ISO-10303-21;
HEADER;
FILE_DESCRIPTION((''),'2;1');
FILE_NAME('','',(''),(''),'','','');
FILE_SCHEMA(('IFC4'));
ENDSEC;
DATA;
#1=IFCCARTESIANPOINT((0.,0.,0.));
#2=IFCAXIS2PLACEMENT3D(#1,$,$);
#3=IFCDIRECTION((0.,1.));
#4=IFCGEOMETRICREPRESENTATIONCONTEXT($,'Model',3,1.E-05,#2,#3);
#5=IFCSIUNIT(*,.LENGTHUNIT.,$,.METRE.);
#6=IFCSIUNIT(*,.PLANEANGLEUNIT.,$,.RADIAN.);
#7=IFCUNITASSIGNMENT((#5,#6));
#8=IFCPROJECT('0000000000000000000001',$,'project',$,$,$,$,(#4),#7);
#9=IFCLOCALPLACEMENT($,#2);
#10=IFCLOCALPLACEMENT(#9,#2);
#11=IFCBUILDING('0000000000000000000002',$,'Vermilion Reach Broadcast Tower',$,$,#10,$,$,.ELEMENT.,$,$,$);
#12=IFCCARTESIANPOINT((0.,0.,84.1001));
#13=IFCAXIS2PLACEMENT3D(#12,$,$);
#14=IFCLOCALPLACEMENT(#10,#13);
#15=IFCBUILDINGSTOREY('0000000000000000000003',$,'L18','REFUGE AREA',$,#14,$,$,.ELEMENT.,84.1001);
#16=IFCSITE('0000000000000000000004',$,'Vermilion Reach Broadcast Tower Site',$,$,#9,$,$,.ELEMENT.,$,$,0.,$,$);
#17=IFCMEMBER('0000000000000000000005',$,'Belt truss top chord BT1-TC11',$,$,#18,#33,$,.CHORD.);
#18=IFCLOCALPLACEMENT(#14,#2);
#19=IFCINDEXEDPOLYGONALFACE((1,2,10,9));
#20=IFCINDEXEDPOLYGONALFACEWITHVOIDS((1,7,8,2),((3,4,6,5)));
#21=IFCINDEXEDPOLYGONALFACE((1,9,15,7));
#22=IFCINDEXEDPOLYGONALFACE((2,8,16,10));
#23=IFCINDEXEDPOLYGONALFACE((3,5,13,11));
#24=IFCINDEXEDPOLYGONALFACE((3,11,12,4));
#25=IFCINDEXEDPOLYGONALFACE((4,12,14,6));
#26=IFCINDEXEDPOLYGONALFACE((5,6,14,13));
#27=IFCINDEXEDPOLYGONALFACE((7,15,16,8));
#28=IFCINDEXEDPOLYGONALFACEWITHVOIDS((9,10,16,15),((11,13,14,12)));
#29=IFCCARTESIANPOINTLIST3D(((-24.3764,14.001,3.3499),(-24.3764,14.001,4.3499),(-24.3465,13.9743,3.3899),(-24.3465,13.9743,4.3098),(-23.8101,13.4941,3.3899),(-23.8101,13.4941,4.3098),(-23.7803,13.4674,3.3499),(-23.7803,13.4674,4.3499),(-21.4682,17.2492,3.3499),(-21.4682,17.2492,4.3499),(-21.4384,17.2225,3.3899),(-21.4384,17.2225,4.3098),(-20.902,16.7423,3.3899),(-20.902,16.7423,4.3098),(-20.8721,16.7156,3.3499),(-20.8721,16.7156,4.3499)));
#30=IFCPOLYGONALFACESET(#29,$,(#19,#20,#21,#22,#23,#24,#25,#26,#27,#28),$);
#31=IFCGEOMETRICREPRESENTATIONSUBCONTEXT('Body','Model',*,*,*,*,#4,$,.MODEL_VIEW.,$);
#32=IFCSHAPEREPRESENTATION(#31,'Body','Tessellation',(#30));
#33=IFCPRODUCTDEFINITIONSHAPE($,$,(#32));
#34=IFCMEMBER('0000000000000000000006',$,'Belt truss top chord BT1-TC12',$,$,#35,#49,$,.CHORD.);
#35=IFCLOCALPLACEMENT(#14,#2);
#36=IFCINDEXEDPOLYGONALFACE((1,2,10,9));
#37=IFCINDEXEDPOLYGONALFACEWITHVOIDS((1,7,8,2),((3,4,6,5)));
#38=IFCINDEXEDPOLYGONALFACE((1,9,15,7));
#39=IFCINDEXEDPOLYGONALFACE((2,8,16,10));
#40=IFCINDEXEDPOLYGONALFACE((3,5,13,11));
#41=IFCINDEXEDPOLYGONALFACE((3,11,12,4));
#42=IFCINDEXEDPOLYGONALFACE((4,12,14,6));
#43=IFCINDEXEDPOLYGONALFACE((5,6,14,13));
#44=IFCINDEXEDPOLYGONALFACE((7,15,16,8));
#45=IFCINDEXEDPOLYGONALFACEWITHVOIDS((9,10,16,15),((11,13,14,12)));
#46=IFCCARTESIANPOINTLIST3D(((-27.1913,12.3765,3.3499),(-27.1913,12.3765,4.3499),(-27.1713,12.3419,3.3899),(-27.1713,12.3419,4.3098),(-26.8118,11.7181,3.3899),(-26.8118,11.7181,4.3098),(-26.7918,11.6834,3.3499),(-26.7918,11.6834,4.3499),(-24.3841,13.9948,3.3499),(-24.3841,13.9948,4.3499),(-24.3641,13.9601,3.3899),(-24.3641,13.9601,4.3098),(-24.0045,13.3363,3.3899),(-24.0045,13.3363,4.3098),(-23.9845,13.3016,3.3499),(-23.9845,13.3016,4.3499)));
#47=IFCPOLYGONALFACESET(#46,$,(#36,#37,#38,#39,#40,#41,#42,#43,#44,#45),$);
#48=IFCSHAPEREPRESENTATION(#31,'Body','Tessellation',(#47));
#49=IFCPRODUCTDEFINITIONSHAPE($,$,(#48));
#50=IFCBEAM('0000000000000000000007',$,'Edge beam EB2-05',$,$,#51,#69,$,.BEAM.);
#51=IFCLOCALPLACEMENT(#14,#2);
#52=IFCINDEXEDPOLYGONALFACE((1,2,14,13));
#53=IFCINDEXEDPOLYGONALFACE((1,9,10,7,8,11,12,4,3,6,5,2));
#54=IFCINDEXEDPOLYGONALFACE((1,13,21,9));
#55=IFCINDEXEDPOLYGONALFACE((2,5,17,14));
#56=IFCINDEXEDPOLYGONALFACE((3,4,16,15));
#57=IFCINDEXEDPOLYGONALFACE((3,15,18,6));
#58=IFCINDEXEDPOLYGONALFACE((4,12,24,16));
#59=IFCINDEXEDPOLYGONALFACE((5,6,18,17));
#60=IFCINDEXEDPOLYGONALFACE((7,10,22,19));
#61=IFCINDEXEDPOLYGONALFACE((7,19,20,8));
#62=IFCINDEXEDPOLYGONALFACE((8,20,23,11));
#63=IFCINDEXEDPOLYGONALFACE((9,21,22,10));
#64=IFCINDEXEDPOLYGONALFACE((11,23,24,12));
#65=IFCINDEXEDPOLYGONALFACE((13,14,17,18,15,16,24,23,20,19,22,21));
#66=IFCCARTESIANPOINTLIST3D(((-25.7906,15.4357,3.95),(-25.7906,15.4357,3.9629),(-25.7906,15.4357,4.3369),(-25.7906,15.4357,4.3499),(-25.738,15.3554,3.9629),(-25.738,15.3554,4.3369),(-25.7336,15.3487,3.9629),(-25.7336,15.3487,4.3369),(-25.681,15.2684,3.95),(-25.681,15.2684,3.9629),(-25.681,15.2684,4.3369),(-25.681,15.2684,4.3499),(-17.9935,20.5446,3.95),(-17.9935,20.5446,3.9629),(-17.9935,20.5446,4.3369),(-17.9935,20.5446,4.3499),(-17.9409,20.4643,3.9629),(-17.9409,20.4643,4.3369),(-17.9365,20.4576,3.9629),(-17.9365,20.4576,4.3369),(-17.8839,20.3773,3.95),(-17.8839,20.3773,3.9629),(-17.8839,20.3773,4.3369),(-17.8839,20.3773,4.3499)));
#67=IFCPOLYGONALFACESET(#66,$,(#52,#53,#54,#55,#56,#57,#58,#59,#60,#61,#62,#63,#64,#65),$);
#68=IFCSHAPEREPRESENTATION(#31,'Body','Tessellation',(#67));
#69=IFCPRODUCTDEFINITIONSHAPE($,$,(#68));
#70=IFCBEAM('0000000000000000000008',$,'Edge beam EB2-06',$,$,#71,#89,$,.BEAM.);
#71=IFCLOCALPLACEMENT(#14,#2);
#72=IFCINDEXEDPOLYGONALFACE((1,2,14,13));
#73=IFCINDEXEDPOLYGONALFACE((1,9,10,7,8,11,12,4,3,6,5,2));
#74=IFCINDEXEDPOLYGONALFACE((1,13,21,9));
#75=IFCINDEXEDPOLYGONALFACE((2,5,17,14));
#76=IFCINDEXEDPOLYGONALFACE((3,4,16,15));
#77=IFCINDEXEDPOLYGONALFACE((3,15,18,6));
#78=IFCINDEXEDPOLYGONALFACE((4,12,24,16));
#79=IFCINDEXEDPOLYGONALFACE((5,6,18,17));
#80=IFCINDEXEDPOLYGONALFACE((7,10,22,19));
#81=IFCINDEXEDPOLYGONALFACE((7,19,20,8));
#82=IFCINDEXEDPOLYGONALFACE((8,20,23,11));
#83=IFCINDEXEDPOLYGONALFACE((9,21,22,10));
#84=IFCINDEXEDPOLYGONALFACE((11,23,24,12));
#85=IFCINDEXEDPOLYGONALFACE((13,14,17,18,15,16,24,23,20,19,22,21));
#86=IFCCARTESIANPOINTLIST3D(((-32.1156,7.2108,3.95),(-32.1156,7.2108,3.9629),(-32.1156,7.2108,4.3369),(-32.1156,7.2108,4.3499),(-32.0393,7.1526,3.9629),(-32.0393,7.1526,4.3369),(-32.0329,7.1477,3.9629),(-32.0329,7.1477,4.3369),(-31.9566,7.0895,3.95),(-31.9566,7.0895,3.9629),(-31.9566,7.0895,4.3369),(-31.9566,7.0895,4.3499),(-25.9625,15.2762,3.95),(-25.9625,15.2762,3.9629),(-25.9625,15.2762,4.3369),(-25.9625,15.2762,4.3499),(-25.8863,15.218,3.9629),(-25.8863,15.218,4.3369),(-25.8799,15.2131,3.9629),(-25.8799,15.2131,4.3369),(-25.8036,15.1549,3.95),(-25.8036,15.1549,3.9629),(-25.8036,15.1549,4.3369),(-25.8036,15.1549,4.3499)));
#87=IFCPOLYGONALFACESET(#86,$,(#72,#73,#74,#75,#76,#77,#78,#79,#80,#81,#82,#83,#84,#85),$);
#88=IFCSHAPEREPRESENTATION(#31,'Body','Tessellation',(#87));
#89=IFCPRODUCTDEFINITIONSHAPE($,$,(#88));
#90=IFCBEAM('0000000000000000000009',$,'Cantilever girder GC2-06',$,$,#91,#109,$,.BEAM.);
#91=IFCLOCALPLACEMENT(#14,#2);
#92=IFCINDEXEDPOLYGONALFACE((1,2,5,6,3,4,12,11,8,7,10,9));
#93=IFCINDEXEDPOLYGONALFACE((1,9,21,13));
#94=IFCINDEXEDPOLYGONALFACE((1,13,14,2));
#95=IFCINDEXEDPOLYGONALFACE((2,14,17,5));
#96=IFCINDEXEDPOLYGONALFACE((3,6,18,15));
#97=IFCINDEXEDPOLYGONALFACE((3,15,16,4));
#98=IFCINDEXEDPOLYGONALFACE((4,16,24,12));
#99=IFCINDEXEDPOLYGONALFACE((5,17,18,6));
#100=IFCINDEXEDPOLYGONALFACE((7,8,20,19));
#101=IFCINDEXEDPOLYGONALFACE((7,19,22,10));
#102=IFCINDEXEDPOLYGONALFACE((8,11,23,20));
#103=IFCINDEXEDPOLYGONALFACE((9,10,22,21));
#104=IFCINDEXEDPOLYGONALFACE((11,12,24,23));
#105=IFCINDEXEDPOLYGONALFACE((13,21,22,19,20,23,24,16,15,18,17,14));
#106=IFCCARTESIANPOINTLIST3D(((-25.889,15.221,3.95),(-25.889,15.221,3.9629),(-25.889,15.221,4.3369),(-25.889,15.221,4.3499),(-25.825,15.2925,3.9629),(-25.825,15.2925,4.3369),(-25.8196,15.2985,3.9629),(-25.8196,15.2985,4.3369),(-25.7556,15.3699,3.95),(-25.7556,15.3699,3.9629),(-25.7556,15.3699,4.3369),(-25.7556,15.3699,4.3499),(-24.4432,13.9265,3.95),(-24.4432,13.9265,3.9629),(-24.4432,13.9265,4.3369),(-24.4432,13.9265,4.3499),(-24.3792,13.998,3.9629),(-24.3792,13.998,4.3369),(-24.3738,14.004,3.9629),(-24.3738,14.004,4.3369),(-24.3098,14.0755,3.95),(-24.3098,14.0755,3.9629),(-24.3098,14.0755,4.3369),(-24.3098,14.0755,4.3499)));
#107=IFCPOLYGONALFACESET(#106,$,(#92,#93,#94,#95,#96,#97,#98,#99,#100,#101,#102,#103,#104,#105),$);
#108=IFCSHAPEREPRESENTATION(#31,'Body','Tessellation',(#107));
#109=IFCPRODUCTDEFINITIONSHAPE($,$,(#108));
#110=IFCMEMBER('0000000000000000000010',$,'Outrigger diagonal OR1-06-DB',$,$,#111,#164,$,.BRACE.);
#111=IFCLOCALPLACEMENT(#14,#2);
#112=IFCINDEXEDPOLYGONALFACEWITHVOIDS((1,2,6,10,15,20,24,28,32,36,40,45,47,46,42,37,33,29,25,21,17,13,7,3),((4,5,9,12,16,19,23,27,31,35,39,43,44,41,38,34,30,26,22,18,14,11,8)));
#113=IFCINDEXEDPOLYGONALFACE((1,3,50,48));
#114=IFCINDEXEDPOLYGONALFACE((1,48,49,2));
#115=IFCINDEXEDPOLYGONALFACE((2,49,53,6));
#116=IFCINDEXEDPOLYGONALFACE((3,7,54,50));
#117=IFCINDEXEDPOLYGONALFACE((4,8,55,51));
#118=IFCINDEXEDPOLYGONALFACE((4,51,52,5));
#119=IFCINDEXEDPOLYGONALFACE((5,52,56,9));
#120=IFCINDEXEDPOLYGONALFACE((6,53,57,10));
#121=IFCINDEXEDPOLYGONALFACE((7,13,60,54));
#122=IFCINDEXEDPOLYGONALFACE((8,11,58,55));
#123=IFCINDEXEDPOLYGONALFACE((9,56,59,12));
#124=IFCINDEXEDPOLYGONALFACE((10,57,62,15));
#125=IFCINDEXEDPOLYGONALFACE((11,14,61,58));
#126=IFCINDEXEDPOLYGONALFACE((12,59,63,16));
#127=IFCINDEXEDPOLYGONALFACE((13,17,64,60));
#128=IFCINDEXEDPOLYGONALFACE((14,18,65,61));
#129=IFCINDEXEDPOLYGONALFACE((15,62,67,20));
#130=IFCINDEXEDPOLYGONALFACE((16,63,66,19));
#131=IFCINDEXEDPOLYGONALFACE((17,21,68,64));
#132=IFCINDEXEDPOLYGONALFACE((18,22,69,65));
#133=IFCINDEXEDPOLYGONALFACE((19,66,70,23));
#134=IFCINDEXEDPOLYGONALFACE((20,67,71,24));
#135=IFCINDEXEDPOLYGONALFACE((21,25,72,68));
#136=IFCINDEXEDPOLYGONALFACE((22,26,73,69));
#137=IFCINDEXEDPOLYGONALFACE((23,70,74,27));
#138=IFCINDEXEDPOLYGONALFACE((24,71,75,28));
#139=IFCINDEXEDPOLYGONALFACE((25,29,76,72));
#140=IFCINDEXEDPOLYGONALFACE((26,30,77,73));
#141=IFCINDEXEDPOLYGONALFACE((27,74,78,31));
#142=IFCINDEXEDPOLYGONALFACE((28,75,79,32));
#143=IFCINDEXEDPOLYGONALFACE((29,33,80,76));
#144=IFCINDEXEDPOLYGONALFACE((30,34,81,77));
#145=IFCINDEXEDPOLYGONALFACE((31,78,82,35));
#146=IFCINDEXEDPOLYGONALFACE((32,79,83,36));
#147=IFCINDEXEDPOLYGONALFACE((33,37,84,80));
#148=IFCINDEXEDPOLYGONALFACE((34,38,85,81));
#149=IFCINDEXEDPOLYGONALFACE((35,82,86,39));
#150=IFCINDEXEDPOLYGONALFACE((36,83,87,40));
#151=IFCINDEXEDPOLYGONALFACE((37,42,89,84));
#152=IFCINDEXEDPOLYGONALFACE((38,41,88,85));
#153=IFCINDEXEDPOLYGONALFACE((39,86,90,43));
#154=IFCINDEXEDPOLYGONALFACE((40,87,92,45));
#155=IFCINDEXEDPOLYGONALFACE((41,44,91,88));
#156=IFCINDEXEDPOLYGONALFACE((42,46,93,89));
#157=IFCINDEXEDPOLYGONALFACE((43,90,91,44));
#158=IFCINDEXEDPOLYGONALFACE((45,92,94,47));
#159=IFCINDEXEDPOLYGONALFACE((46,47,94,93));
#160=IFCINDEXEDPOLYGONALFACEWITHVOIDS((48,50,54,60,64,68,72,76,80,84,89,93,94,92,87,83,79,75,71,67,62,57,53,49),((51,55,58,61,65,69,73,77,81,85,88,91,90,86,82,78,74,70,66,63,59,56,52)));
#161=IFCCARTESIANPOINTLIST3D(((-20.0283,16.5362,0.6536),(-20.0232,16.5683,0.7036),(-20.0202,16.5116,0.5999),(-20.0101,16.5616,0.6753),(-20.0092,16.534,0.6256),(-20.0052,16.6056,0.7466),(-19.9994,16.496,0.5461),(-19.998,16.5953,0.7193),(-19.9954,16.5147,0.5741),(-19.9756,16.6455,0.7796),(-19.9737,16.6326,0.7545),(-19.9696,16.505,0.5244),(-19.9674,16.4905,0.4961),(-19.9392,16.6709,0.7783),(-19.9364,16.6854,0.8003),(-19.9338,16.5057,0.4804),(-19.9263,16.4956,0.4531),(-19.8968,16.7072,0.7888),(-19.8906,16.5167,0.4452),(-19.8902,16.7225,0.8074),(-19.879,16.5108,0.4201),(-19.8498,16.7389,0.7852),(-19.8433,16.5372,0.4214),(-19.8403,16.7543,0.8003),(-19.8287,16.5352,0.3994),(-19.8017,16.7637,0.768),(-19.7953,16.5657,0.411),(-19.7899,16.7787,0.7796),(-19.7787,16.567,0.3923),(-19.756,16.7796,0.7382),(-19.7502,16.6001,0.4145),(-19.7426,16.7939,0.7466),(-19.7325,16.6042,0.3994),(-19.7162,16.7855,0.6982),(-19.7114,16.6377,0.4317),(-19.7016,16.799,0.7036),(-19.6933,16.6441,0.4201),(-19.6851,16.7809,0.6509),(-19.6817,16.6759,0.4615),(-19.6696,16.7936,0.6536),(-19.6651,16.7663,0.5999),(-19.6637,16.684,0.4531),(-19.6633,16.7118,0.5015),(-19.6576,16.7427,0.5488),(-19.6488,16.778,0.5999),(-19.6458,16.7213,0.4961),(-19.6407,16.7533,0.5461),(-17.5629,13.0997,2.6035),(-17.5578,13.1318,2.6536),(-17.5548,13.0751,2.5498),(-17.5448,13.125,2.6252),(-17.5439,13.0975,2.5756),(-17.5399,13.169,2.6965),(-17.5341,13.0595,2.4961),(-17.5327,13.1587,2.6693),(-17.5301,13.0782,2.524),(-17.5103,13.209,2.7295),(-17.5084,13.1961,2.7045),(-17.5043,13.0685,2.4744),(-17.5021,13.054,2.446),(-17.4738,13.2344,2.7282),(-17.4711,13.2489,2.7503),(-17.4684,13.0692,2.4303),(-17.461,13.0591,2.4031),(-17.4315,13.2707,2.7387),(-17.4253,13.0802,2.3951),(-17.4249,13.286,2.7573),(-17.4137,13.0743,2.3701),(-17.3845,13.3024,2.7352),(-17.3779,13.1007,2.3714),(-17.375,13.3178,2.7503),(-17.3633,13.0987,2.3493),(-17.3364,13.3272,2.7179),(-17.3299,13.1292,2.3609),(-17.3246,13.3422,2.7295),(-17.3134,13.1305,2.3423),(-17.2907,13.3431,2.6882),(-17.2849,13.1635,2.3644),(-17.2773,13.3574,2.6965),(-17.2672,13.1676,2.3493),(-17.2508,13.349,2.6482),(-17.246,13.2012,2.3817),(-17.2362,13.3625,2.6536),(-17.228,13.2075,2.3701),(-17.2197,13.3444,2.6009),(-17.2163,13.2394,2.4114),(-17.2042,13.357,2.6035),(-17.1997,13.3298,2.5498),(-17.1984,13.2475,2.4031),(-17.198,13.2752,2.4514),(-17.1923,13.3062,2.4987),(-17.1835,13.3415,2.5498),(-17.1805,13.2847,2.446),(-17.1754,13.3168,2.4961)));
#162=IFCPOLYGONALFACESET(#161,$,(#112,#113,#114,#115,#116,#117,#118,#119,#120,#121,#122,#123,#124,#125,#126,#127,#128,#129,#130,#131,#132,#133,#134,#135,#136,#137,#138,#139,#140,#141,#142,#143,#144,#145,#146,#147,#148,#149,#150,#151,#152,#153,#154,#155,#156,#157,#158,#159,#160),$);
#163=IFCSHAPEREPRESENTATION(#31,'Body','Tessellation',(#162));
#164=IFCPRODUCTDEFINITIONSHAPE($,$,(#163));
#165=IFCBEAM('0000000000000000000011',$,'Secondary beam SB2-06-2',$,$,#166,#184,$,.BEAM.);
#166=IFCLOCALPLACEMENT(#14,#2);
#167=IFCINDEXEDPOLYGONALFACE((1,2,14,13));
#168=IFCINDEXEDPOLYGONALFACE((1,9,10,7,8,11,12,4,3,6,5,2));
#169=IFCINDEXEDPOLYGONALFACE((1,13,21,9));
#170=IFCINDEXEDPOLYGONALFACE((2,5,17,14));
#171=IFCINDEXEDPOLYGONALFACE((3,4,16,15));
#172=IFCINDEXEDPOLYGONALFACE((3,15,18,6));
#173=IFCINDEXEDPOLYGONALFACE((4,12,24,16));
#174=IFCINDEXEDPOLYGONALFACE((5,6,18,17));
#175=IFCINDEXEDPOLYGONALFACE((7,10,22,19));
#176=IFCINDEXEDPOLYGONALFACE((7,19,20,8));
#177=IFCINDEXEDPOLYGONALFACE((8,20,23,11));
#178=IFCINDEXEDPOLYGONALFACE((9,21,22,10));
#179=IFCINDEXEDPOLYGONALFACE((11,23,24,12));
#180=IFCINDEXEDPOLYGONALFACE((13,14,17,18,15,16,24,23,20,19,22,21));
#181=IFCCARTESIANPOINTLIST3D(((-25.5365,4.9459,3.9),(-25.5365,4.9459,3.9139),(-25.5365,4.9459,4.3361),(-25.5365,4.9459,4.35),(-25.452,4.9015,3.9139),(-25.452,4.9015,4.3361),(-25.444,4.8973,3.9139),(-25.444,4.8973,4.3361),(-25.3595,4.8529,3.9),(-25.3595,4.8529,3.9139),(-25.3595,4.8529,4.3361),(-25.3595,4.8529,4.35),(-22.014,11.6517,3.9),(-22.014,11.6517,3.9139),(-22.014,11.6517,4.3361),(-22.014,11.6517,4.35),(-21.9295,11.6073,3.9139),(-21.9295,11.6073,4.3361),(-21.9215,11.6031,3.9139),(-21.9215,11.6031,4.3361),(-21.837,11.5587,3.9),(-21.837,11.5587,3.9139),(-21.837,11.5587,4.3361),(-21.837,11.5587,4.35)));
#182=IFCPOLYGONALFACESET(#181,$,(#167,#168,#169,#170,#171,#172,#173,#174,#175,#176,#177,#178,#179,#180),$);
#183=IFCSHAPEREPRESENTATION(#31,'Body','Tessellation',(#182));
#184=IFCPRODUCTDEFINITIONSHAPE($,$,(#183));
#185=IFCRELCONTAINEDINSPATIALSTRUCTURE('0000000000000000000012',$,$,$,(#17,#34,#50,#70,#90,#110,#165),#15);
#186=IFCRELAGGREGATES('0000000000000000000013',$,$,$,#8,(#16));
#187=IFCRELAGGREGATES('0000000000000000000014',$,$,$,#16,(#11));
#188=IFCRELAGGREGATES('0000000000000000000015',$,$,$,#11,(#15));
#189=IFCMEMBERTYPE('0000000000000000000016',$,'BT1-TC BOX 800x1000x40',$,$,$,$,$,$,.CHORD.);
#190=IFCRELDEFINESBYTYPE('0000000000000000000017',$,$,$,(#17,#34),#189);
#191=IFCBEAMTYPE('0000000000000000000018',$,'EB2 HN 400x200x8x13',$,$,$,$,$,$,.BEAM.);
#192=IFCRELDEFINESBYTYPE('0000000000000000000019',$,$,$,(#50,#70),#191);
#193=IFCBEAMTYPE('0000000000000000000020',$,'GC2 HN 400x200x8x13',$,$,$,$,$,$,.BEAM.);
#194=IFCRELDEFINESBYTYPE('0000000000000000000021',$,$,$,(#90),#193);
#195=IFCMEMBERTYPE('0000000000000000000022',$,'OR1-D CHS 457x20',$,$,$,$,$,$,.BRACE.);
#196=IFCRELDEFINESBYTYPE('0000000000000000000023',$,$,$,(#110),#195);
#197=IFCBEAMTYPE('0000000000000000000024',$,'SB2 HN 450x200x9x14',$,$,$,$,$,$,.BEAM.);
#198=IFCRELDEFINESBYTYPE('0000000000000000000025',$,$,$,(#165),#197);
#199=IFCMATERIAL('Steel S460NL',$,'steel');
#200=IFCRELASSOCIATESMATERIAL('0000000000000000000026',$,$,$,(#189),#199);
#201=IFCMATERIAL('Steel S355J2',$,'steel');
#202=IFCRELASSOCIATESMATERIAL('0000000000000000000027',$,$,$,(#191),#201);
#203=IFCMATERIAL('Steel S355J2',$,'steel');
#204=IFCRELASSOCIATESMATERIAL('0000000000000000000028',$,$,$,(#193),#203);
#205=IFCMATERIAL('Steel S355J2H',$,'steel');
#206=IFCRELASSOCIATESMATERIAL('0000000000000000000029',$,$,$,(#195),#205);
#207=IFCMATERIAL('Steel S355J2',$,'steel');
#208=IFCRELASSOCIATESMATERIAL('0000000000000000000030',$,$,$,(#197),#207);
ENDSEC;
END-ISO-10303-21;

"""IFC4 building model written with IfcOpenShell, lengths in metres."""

from ifc_helpers import new_model, si_unit, direction, frame, origin, origin_2d, place, context, subcontext, project, spatial, hollow_rectangle, hollow_circle, i_section, extrude, material, material_profile, profile_set, type_object, element, save


model = new_model("IFC4")

# Units and contexts
model_context = context("Model", 3, precision=1e-05, world=origin(), true_north=direction((0.0, 1.0)))
body_context = subcontext(model_context, "Body", "Model", "MODEL_VIEW")
ifc_project = project(units=[si_unit("LENGTHUNIT", "METRE"), si_unit("PLANEANGLEUNIT", "RADIAN")], contexts=[model_context])

# Site, building, storey
site_placement = place(None, origin())
site = spatial("IfcSite", under=ifc_project, at=site_placement, Name="Vermilion Reach Broadcast Tower Site", CompositionType="ELEMENT", RefElevation=0.0)
building_placement = place(site_placement, origin())
building = spatial("IfcBuilding", under=site, at=building_placement, Name="Vermilion Reach Broadcast Tower", CompositionType="ELEMENT")
storey_placement = place(building_placement, frame((0.0, 0.0, 84.1001)))
storey = spatial("IfcBuildingStorey", under=building, at=storey_placement, Name="L18", Description="REFUGE AREA", CompositionType="ELEMENT", Elevation=84.1001)

# Members
ifc_material_1 = material(Name="Steel S460NL", Category="steel")
ifc_material_profile_1 = material_profile(ifc_material_1, hollow_rectangle(XDim=0.8, YDim=1.0, WallThickness=0.04, at=origin_2d()), Name="S460NL BOX 800x1000x40")
ifc_profile_set_1 = profile_set([ifc_material_profile_1], Name="Steel S460NL")
member_type_1 = type_object("IfcMemberType", Name="BT1-TC BOX 800x1000x40", PredefinedType="CHORD", material=ifc_profile_set_1)
member_1_placement = place(storey_placement, frame((-21.1702, 16.9824, 3.8499), z_axis=(-0.667029, -0.745032, 0.0), x_axis=(0.745032, -0.667029, 0.0)))
element("IfcMember", 1, at=member_1_placement, inside=storey, type_object=member_type_1, Name="Belt truss top chord BT1-TC11", PredefinedType="CHORD", context=body_context, shape_type="SweptSolid", body=[
    extrude(hollow_rectangle(XDim=0.8, YDim=1.0, WallThickness=0.04, at=origin_2d()), origin(), (0.0, 0.0, 1.0), 4.3599),
])
member_2_placement = place(storey_placement, frame((-24.1843, 13.6482, 3.8499), z_axis=(-0.866364, -0.499414, 0.0), x_axis=(0.499414, -0.866364, 0.0)))
element("IfcMember", 2, at=member_2_placement, inside=storey, type_object=member_type_1, Name="Belt truss top chord BT1-TC12", PredefinedType="CHORD", context=body_context, shape_type="SweptSolid", body=[
    extrude(hollow_rectangle(XDim=0.8, YDim=1.0, WallThickness=0.04, at=origin_2d()), origin(), (0.0, 0.0, 1.0), 3.2402),
])

# Beams
ifc_material_2 = material(Name="Steel S355J2", Category="steel")
ifc_material_profile_2 = material_profile(ifc_material_2, i_section(OverallWidth=0.2, OverallDepth=0.3999, WebThickness=0.0081, FlangeThickness=0.0129, at=origin_2d()), Name="S355J2 HN 400x200x8x13")
ifc_profile_set_2 = profile_set([ifc_material_profile_2], Name="Steel S355J2")
beam_type_1 = type_object("IfcBeamType", Name="EB2 HN 400x200x8x13", PredefinedType="BEAM", material=ifc_profile_set_2)
beam_1_placement = place(storey_placement, frame((-17.9387, 20.4609, 4.1499), z_axis=(-0.83644, -0.548058, 0.0), x_axis=(0.548058, -0.83644, 0.0)))
element("IfcBeam", 3, at=beam_1_placement, inside=storey, type_object=beam_type_1, Name="Edge beam EB2-05", PredefinedType="BEAM", context=body_context, shape_type="SweptSolid", body=[
    extrude(i_section(OverallWidth=0.2, OverallDepth=0.3999, WebThickness=0.0081, FlangeThickness=0.0129, at=origin_2d()), origin(), (0.0, 0.0, 1.0), 9.3218),
])
beam_2_placement = place(storey_placement, frame((-25.8831, 15.2156, 4.1499), z_axis=(-0.606541, -0.795052, 0.0), x_axis=(0.795052, -0.606541, 0.0)))
element("IfcBeam", 4, at=beam_2_placement, inside=storey, type_object=beam_type_1, Name="Edge beam EB2-06", PredefinedType="BEAM", context=body_context, shape_type="SweptSolid", body=[
    extrude(i_section(OverallWidth=0.2, OverallDepth=0.3999, WebThickness=0.0081, FlangeThickness=0.0129, at=origin_2d()), origin(), (0.0, 0.0, 1.0), 10.1445),
])
ifc_material_3 = material(Name="Steel S355J2", Category="steel")
ifc_material_profile_3 = material_profile(ifc_material_3, i_section(OverallWidth=0.2, OverallDepth=0.3999, WebThickness=0.0081, FlangeThickness=0.0129, at=origin_2d()), Name="S355J2 HN 400x200x8x13")
ifc_profile_set_3 = profile_set([ifc_material_profile_3], Name="Steel S355J2")
beam_type_2 = type_object("IfcBeamType", Name="GC2 HN 400x200x8x13", PredefinedType="BEAM", material=ifc_profile_set_3)
beam_3_placement = place(storey_placement, frame((-24.3765, 14.001, 4.1499), z_axis=(-0.745031, 0.66703, 0.0), x_axis=(-0.66703, -0.745031, 0.0)))
element("IfcBeam", 5, at=beam_3_placement, inside=storey, type_object=beam_type_2, Name="Cantilever girder GC2-06", PredefinedType="BEAM", context=body_context, shape_type="SweptSolid", body=[
    extrude(i_section(OverallWidth=0.2, OverallDepth=0.3999, WebThickness=0.0081, FlangeThickness=0.0129, at=origin_2d()), origin(), (0.0, 0.0, 1.0), 1.9407),
])

# Member
ifc_material_4 = material(Name="Steel S355J2H", Category="steel")
ifc_material_profile_4 = material_profile(ifc_material_4, hollow_circle(Radius=0.2285, WallThickness=0.02, at=origin_2d()), Name="S355J2H CHS 457x20")
ifc_profile_set_4 = profile_set([ifc_material_profile_4], Name="Steel S355J2H")
member_type_2 = type_object("IfcMemberType", Name="OR1-D CHS 457x20", PredefinedType="BRACE", material=ifc_profile_set_4)
member_3_placement = place(storey_placement, frame((-19.8345, 16.6448, 0.5999), z_axis=(0.529355, -0.737889, 0.418693), x_axis=(0.812538, 0.582908, 0.0)))
element("IfcMember", 6, at=member_3_placement, inside=storey, type_object=member_type_2, Name="Outrigger diagonal OR1-06-DB", PredefinedType="BRACE", context=body_context, shape_type="SweptSolid", body=[
    extrude(hollow_circle(Radius=0.2285, WallThickness=0.02, at=origin_2d()), origin(), (0.0, 0.0, 1.0), 4.6572),
])

# Beam
ifc_material_5 = material(Name="Steel S355J2", Category="steel")
ifc_material_profile_5 = material_profile(ifc_material_5, i_section(OverallWidth=0.2, OverallDepth=0.45, WebThickness=0.009, FlangeThickness=0.0139, at=origin_2d()), Name="S355J2 HN 450x200x9x14")
ifc_profile_set_5 = profile_set([ifc_material_profile_5], Name="Steel S355J2")
beam_type_3 = type_object("IfcBeamType", Name="SB2 HN 450x200x9x14", PredefinedType="BEAM", material=ifc_profile_set_5)
beam_4_placement = place(storey_placement, frame((-21.9255, 11.6052, 4.125), z_axis=(-0.465032, -0.885294, 0.0), x_axis=(0.885294, -0.465032, 0.0)))
element("IfcBeam", 7, at=beam_4_placement, inside=storey, type_object=beam_type_3, Name="Secondary beam SB2-06-2", PredefinedType="BEAM", context=body_context, shape_type="SweptSolid", body=[
    extrude(i_section(OverallWidth=0.2, OverallDepth=0.45, WebThickness=0.009, FlangeThickness=0.0139, at=origin_2d()), origin(), (0.0, 0.0, 1.0), 7.5747),
])

save(model, "model.ifc")
